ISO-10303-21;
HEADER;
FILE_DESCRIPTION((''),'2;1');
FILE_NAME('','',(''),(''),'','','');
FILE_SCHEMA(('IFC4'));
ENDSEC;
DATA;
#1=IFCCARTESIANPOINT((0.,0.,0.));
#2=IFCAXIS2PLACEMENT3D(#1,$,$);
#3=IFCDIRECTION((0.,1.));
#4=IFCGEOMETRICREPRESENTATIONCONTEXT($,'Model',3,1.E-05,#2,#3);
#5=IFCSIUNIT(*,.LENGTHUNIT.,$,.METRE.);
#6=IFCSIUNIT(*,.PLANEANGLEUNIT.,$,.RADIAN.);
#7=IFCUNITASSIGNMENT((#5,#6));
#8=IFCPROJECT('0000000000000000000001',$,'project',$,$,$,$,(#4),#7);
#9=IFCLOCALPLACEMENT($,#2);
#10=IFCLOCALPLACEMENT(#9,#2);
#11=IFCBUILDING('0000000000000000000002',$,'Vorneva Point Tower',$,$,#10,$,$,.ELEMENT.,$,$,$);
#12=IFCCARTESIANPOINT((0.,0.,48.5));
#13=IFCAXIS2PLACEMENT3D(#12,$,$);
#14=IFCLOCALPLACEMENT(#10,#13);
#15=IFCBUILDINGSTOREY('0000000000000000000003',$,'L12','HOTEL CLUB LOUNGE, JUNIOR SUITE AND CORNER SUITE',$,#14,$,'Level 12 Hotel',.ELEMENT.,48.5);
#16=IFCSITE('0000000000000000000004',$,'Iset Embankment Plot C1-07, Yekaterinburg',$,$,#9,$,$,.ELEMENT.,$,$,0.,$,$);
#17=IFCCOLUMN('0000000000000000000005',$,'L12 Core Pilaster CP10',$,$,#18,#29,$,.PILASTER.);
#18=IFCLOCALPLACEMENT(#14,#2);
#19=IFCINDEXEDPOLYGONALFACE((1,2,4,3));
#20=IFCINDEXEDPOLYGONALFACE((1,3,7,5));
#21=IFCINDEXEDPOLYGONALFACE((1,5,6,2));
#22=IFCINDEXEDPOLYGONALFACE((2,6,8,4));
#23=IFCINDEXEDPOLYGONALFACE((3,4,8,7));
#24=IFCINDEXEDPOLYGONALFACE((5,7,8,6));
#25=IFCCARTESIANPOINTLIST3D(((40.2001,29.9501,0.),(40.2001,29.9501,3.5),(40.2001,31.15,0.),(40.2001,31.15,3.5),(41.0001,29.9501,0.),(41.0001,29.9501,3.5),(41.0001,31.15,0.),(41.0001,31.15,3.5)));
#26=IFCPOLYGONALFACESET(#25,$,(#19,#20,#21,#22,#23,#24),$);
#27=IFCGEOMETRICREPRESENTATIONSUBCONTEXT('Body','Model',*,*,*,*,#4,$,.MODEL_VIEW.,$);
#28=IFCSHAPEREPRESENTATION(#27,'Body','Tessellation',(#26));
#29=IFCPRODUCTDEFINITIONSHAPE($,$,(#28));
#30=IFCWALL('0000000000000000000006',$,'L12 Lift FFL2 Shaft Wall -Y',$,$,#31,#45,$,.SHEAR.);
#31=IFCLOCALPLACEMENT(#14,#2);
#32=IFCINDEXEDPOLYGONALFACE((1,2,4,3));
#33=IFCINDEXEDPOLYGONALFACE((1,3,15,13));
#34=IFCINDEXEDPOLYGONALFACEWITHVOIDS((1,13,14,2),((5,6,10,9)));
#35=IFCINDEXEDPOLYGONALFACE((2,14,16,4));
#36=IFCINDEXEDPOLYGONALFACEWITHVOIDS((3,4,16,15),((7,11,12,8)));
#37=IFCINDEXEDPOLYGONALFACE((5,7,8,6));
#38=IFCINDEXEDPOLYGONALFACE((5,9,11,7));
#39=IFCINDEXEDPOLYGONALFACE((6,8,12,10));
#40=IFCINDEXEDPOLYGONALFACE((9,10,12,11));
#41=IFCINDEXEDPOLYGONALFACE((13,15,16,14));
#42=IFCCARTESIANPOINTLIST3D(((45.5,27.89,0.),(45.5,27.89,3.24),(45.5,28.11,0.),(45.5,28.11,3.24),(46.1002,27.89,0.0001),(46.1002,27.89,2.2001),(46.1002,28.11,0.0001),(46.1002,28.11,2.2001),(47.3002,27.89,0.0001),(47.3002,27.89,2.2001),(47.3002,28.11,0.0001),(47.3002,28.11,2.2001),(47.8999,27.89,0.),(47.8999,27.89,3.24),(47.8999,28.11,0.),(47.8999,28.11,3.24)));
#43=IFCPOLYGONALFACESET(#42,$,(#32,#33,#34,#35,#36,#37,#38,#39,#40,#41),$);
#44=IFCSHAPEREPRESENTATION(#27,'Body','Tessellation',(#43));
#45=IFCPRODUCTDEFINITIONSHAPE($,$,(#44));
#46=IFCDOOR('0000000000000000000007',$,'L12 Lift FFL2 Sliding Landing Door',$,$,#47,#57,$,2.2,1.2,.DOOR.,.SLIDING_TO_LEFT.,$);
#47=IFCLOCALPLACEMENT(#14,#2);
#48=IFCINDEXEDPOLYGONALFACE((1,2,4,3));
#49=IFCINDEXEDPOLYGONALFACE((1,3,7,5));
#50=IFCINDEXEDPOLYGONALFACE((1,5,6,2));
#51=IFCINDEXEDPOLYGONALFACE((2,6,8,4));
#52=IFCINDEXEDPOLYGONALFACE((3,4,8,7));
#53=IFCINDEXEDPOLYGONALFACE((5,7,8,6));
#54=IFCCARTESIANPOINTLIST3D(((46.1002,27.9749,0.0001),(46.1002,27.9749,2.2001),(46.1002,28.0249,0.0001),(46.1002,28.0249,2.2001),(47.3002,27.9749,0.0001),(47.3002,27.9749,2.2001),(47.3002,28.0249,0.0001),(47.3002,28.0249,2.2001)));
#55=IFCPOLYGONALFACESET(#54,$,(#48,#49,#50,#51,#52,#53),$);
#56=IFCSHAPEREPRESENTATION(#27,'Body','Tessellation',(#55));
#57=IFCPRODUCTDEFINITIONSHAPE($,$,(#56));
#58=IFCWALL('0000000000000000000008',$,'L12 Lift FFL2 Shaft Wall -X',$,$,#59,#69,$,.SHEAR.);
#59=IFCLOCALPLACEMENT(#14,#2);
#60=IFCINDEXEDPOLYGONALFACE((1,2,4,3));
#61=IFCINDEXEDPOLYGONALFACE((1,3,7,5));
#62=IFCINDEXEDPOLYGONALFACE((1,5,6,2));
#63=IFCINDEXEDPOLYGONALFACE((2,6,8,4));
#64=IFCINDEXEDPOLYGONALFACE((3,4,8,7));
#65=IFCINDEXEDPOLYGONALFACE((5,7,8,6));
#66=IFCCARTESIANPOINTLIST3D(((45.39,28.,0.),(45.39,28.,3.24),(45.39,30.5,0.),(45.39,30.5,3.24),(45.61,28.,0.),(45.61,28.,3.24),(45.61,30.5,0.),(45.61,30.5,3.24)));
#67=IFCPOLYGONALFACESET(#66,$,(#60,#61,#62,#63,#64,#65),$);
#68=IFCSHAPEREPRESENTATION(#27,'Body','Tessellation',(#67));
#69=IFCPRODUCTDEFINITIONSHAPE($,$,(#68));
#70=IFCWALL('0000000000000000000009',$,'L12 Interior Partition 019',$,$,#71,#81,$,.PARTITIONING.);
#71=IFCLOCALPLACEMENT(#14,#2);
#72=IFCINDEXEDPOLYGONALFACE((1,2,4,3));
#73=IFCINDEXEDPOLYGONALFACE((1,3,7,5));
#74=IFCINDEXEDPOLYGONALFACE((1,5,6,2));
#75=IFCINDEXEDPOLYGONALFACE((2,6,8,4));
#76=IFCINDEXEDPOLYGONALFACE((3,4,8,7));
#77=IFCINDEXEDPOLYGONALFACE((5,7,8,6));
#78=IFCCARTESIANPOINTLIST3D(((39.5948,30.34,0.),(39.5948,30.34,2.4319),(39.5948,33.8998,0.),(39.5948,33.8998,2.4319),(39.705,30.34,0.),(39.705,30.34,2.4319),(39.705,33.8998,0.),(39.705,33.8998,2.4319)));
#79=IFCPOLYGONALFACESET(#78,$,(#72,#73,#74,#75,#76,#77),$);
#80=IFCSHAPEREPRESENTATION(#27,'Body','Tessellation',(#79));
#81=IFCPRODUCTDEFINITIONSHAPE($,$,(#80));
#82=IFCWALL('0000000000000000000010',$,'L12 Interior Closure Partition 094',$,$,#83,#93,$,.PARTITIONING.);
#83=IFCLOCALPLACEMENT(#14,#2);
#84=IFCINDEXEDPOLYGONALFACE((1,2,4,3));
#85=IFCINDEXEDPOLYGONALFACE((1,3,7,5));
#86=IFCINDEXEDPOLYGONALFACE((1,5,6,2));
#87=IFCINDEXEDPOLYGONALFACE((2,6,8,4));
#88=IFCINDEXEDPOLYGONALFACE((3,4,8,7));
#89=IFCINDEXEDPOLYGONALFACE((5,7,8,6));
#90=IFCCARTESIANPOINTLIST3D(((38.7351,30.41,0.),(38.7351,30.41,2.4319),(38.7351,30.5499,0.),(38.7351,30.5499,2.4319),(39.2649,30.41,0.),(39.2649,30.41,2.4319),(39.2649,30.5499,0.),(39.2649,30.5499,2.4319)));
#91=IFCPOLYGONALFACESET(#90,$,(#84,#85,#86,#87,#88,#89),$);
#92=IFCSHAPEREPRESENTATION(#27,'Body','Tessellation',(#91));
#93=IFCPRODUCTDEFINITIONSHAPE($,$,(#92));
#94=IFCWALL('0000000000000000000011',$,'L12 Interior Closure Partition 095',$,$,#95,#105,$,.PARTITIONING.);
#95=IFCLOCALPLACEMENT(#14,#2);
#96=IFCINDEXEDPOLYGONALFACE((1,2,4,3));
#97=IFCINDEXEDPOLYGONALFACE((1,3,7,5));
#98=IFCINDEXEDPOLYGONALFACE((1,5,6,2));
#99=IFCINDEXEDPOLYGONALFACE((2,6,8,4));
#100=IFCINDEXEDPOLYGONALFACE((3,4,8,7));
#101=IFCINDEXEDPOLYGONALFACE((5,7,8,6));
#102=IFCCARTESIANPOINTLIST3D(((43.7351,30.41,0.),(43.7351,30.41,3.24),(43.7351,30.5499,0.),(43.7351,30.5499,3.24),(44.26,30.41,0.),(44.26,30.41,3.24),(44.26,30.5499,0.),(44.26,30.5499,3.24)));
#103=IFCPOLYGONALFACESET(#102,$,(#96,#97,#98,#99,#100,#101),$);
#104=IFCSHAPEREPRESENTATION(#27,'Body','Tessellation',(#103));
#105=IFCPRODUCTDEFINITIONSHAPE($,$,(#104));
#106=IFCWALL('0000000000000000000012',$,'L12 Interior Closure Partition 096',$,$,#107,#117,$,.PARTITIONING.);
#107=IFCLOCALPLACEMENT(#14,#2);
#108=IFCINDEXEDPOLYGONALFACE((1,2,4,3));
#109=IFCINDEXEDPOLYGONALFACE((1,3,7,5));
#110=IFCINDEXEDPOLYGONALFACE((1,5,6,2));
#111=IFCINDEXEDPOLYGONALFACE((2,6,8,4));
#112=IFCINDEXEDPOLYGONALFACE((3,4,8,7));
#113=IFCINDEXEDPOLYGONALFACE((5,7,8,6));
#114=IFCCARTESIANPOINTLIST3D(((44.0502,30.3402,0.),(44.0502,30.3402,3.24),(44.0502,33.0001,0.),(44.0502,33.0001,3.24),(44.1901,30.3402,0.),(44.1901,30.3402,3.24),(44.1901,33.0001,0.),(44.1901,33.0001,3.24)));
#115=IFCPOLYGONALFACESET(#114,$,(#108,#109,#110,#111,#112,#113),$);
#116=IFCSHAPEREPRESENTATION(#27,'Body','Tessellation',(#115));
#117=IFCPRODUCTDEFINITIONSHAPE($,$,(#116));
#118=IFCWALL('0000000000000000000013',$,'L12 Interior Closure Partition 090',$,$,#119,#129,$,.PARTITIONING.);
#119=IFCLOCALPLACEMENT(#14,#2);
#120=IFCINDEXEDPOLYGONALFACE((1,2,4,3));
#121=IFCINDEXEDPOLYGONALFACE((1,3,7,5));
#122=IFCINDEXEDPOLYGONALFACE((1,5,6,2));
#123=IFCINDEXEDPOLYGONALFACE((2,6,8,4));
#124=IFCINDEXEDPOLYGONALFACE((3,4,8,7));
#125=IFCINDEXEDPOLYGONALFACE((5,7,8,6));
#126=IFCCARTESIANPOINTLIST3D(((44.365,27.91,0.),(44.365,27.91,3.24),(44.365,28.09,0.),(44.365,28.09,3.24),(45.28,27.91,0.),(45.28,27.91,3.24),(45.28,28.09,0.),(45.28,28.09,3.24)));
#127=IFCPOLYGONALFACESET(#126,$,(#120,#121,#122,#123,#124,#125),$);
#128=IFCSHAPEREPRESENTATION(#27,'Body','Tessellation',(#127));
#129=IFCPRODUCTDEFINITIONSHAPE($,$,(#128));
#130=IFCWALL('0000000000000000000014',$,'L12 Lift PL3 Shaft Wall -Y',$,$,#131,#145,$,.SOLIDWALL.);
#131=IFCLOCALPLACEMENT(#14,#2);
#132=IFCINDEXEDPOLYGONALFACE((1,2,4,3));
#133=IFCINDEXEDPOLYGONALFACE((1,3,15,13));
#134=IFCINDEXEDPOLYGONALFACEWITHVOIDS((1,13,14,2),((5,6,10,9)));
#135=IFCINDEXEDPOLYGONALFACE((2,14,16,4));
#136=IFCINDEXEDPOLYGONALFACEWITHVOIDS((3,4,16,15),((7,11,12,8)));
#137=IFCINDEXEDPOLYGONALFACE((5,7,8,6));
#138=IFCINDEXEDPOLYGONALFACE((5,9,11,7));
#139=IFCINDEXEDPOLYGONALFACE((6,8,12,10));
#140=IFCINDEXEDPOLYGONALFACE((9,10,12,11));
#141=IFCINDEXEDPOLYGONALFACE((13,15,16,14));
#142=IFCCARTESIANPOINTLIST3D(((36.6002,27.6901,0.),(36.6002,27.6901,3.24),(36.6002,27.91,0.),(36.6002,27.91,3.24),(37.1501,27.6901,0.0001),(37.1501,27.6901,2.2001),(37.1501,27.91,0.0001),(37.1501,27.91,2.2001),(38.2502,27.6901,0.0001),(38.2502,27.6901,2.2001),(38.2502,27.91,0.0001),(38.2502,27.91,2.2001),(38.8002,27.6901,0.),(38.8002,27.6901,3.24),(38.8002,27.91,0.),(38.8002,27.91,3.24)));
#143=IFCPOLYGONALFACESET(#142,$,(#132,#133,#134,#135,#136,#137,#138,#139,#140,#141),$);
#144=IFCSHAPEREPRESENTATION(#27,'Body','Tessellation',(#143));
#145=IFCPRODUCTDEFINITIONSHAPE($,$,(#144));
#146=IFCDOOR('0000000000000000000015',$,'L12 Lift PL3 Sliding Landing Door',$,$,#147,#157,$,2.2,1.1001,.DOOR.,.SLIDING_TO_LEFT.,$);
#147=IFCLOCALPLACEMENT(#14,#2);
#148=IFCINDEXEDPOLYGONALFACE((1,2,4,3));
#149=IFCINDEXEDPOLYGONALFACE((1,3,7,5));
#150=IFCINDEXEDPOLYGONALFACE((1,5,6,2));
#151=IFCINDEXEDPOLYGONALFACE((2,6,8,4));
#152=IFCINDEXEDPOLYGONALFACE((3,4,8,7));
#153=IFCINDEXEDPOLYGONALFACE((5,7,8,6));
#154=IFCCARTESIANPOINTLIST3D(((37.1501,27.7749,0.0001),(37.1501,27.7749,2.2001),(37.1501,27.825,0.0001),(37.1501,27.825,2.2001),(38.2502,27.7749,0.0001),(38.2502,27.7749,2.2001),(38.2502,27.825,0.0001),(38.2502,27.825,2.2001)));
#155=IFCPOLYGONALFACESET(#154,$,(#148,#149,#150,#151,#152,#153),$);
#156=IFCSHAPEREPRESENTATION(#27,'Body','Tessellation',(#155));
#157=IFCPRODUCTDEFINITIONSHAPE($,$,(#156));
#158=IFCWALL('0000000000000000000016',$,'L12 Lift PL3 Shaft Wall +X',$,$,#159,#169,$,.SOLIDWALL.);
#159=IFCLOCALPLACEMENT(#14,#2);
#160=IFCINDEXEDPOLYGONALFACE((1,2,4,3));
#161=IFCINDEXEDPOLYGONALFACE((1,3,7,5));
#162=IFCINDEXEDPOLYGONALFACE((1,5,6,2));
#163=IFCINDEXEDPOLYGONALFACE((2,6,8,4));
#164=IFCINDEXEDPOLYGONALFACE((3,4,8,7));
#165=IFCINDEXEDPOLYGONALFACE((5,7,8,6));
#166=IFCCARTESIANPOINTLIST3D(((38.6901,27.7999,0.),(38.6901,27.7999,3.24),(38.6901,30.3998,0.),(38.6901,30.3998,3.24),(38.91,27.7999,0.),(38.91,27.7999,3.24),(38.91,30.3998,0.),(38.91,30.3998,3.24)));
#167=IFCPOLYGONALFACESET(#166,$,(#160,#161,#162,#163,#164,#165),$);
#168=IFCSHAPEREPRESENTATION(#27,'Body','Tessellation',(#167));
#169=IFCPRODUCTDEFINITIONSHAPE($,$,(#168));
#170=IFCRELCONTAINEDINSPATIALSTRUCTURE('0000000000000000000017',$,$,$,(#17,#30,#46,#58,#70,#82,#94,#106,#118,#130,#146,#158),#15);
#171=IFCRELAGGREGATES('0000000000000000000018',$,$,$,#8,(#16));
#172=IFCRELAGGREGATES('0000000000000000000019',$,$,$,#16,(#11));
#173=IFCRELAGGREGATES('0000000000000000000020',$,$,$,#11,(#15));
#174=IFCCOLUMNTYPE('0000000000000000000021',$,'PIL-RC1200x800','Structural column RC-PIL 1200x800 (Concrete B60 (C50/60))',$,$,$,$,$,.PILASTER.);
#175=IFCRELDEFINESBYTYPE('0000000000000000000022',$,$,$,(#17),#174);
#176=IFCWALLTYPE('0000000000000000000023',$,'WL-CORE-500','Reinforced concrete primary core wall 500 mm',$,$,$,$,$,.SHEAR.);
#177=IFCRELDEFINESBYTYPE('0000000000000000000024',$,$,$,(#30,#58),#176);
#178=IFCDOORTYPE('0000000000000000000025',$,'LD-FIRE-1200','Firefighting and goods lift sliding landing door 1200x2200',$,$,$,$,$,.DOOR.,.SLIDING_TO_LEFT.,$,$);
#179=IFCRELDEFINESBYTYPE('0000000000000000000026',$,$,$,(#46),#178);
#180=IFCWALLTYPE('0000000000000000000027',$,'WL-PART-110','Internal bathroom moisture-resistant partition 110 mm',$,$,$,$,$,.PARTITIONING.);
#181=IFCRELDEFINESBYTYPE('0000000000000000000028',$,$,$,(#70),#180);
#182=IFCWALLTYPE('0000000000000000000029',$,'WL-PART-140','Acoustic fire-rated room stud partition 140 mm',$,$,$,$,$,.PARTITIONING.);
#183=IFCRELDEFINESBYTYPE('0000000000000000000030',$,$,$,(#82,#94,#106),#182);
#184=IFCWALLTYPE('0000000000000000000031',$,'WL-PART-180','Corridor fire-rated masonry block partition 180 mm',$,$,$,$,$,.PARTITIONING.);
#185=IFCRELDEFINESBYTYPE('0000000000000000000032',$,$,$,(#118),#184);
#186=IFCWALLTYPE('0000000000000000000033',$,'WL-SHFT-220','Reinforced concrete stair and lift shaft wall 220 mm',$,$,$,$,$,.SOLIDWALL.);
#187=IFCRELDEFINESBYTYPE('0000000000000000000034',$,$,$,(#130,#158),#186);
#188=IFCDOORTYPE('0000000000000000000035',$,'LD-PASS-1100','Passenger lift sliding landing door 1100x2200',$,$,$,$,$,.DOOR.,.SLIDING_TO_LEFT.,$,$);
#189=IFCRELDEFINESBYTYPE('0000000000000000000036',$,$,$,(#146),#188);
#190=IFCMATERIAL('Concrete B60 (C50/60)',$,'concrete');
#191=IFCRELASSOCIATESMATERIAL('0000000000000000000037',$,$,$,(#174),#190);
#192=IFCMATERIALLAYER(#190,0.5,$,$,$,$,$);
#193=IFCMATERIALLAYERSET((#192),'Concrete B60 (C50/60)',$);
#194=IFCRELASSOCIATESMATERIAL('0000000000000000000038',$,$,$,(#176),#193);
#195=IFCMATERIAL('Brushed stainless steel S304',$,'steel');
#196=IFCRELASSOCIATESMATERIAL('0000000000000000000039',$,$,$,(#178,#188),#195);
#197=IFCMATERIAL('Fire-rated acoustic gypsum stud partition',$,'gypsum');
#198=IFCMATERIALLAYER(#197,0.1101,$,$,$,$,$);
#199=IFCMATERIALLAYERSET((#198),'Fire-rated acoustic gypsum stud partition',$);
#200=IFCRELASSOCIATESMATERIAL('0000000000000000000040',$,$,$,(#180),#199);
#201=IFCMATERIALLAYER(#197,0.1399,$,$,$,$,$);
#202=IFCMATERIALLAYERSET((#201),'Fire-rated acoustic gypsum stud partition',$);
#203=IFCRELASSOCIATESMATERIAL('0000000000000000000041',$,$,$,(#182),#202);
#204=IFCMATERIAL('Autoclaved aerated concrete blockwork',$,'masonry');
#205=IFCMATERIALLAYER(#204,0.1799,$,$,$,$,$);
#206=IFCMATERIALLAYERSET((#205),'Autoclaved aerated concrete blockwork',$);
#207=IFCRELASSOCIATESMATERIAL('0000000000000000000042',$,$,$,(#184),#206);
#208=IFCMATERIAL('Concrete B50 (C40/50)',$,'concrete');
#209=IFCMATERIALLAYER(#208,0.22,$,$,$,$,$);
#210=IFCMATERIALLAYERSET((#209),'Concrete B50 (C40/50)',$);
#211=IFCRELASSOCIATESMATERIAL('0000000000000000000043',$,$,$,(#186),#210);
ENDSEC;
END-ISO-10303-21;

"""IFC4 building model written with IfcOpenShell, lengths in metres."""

from ifc_helpers import new_model, si_unit, direction, frame, frame_2d, origin, origin_2d, place, context, subcontext, project, spatial, rectangle, extrude, material, layer, layer_set, material_profile, profile_set, type_object, element, fill, save


model = new_model("IFC4")

# Units and contexts
model_context = context("Model", 3, precision=1e-05, world=origin(), true_north=direction((0.0, 1.0)))
body_context = subcontext(model_context, "Body", "Model", "MODEL_VIEW")
ifc_project = project(units=[si_unit("LENGTHUNIT", "METRE"), si_unit("PLANEANGLEUNIT", "RADIAN")], contexts=[model_context])

# Site, building, storey
site_placement = place(None, origin())
site = spatial("IfcSite", under=ifc_project, at=site_placement, Name="Iset Embankment Plot C1-07, Yekaterinburg", CompositionType="ELEMENT", RefElevation=0.0)
building_placement = place(site_placement, origin())
building = spatial("IfcBuilding", under=site, at=building_placement, Name="Vorneva Point Tower", CompositionType="ELEMENT")
storey_placement = place(building_placement, frame((0.0, 0.0, 48.5)))
storey = spatial("IfcBuildingStorey", under=building, at=storey_placement, Name="L12", Description="HOTEL CLUB LOUNGE, JUNIOR SUITE AND CORNER SUITE", LongName="Level 12 Hotel", CompositionType="ELEMENT", Elevation=48.5)

# Column
ifc_material_1 = material(Name="Concrete B60 (C50/60)", Category="concrete")
ifc_material_profile = material_profile(ifc_material_1, rectangle(XDim=0.8, YDim=1.2, at=origin_2d()), Name="RC-PIL 1200x800")
ifc_profile_set = profile_set([ifc_material_profile], Name="Concrete B60 (C50/60)")
column_type = type_object("IfcColumnType", Name="PIL-RC1200x800", Description="Structural column RC-PIL 1200x800 (Concrete B60 (C50/60))", PredefinedType="PILASTER", material=ifc_profile_set)
column_placement = place(storey_placement, frame((40.6001, 30.55, 0.0), z_axis=(0.0, 0.0, 1.0), x_axis=(1.0, 0.0, 0.0)))
element("IfcColumn", 1, at=column_placement, inside=storey, type_object=column_type, Name="L12 Core Pilaster CP10", PredefinedType="PILASTER", context=body_context, shape_type="SweptSolid", body=[
    extrude(rectangle(XDim=0.8, YDim=1.2, at=origin_2d()), origin(), (0.0, 0.0, 1.0), 3.5),
])

# Wall, opening, door
ifc_layer_1 = layer(ifc_material_1, 0.5)
ifc_layer_set_1 = layer_set([ifc_layer_1], Name="Concrete B60 (C50/60)")
wall_type_1 = type_object("IfcWallType", Name="WL-CORE-500", Description="Reinforced concrete primary core wall 500 mm", PredefinedType="SHEAR", material=ifc_layer_set_1)
wall_1_placement = place(storey_placement, frame((45.5, 28.0, 0.0), z_axis=(0.0, 0.0, 1.0), x_axis=(1.0, 0.0, 0.0)))
wall_1 = element("IfcWall", 2, at=wall_1_placement, inside=storey, type_object=wall_type_1, Name="L12 Lift FFL2 Shaft Wall -Y", PredefinedType="SHEAR", context=body_context, shape_type="SweptSolid", body=[
    extrude(rectangle(XDim=2.3999, YDim=0.22, at=frame_2d((1.2, 0.0))), origin(), (0.0, 0.0, 1.0), 3.24),
])
opening_1_placement = place(wall_1_placement, frame((0.6001, 0.0, 0.0)))
opening_1 = element("IfcOpeningElement", 3, at=opening_1_placement, cuts=wall_1, PredefinedType="OPENING", context=body_context, shape_type="SweptSolid", body=[
    extrude(rectangle(XDim=1.2, YDim=2.2, at=frame_2d((0.6001, 1.1001))), frame((0.0, 0.125, 0.0), z_axis=(0.0, -1.0, 0.0), x_axis=(1.0, 0.0, 0.0)), (0.0, 0.0, 1.0), 0.2498),
])
ifc_material_2 = material(Name="Brushed stainless steel S304", Category="steel")
door_type_1 = type_object("IfcDoorType", Name="LD-FIRE-1200", Description="Firefighting and goods lift sliding landing door 1200x2200", OperationType="SLIDING_TO_LEFT", PredefinedType="DOOR", material=ifc_material_2)
door_1_placement = place(opening_1_placement, origin())
door_1 = element("IfcDoor", 4, at=door_1_placement, inside=storey, type_object=door_type_1, Name="L12 Lift FFL2 Sliding Landing Door", OperationType="SLIDING_TO_LEFT", OverallHeight=2.2, OverallWidth=1.2, PredefinedType="DOOR", context=body_context, shape_type="SweptSolid", body=[
    extrude(rectangle(XDim=1.2, YDim=2.2, at=frame_2d((0.6001, 1.1001))), frame((0.0, 0.0249, 0.0), z_axis=(0.0, -1.0, 0.0), x_axis=(1.0, 0.0, 0.0)), (0.0, 0.0, 1.0), 0.05),
])
fill(opening_1, door_1)

# Walls
wall_2_placement = place(storey_placement, frame((45.5, 30.5, 0.0), z_axis=(0.0, 0.0, 1.0), x_axis=(0.0, -1.0, 0.0)))
element("IfcWall", 5, at=wall_2_placement, inside=storey, type_object=wall_type_1, Name="L12 Lift FFL2 Shaft Wall -X", PredefinedType="SHEAR", context=body_context, shape_type="SweptSolid", body=[
    extrude(rectangle(XDim=2.5, YDim=0.22, at=frame_2d((1.25, 0.0))), origin(), (0.0, 0.0, 1.0), 3.24),
])
ifc_material_3 = material(Name="Fire-rated acoustic gypsum stud partition", Category="gypsum")
ifc_layer_2 = layer(ifc_material_3, 0.1101)
ifc_layer_set_2 = layer_set([ifc_layer_2], Name="Fire-rated acoustic gypsum stud partition")
wall_type_2 = type_object("IfcWallType", Name="WL-PART-110", Description="Internal bathroom moisture-resistant partition 110 mm", PredefinedType="PARTITIONING", material=ifc_layer_set_2)
wall_3_placement = place(storey_placement, frame((39.6499, 30.3401, 0.0), z_axis=(0.0, 0.0, 1.0), x_axis=(0.0, 1.0, 0.0)))
element("IfcWall", 6, at=wall_3_placement, inside=storey, type_object=wall_type_2, Name="L12 Interior Partition 019", PredefinedType="PARTITIONING", context=body_context, shape_type="SweptSolid", body=[
    extrude(rectangle(XDim=3.5598, YDim=0.1101, at=frame_2d((1.7798, 0.0))), origin(), (0.0, 0.0, 1.0), 2.4319),
])
ifc_layer_3 = layer(ifc_material_3, 0.1399)
ifc_layer_set_3 = layer_set([ifc_layer_3], Name="Fire-rated acoustic gypsum stud partition")
wall_type_3 = type_object("IfcWallType", Name="WL-PART-140", Description="Acoustic fire-rated room stud partition 140 mm", PredefinedType="PARTITIONING", material=ifc_layer_set_3)
wall_4_placement = place(storey_placement, frame((38.7351, 30.48, 0.0), z_axis=(0.0, 0.0, 1.0), x_axis=(1.0, 0.0, 0.0)))
element("IfcWall", 7, at=wall_4_placement, inside=storey, type_object=wall_type_3, Name="L12 Interior Closure Partition 094", PredefinedType="PARTITIONING", context=body_context, shape_type="SweptSolid", body=[
    extrude(rectangle(XDim=0.5298, YDim=0.1399, at=frame_2d((0.2649, 0.0))), origin(), (0.0, 0.0, 1.0), 2.4319),
])
wall_5_placement = place(storey_placement, frame((43.7351, 30.48, 0.0), z_axis=(0.0, 0.0, 1.0), x_axis=(1.0, 0.0, 0.0)))
element("IfcWall", 8, at=wall_5_placement, inside=storey, type_object=wall_type_3, Name="L12 Interior Closure Partition 095", PredefinedType="PARTITIONING", context=body_context, shape_type="SweptSolid", body=[
    extrude(rectangle(XDim=0.5249, YDim=0.1399, at=frame_2d((0.2625, 0.0))), origin(), (0.0, 0.0, 1.0), 3.24),
])
wall_6_placement = place(storey_placement, frame((44.1201, 30.3401, 0.0), z_axis=(0.0, 0.0, 1.0), x_axis=(0.0, 1.0, 0.0)))
element("IfcWall", 9, at=wall_6_placement, inside=storey, type_object=wall_type_3, Name="L12 Interior Closure Partition 096", PredefinedType="PARTITIONING", context=body_context, shape_type="SweptSolid", body=[
    extrude(rectangle(XDim=2.6599, YDim=0.1399, at=frame_2d((1.3301, 0.0))), origin(), (0.0, 0.0, 1.0), 3.24),
])

# Shared definitions
ifc_material_4 = material(Name="Autoclaved aerated concrete blockwork", Category="masonry")
ifc_layer_4 = layer(ifc_material_4, 0.1799)
ifc_layer_set_4 = layer_set([ifc_layer_4], Name="Autoclaved aerated concrete blockwork")
wall_type_4 = type_object("IfcWallType", Name="WL-PART-180", Description="Corridor fire-rated masonry block partition 180 mm", PredefinedType="PARTITIONING", material=ifc_layer_set_4)

# Wall
wall_7_placement = place(storey_placement, frame((45.28, 28.0, 0.0), z_axis=(0.0, 0.0, 1.0), x_axis=(-1.0, 0.0, 0.0)))
element("IfcWall", 10, at=wall_7_placement, inside=storey, type_object=wall_type_4, Name="L12 Interior Closure Partition 090", PredefinedType="PARTITIONING", context=body_context, shape_type="SweptSolid", body=[
    extrude(rectangle(XDim=0.915, YDim=0.1799, at=frame_2d((0.4575, 0.0))), origin(), (0.0, 0.0, 1.0), 3.24),
])

# Wall, opening, door
ifc_material_5 = material(Name="Concrete B50 (C40/50)", Category="concrete")
ifc_layer_5 = layer(ifc_material_5, 0.22)
ifc_layer_set_5 = layer_set([ifc_layer_5], Name="Concrete B50 (C40/50)")
wall_type_5 = type_object("IfcWallType", Name="WL-SHFT-220", Description="Reinforced concrete stair and lift shaft wall 220 mm", PredefinedType="SOLIDWALL", material=ifc_layer_set_5)
wall_8_placement = place(storey_placement, frame((36.6001, 27.8, 0.0), z_axis=(0.0, 0.0, 1.0), x_axis=(1.0, 0.0, 0.0)))
wall_8 = element("IfcWall", 11, at=wall_8_placement, inside=storey, type_object=wall_type_5, Name="L12 Lift PL3 Shaft Wall -Y", PredefinedType="SOLIDWALL", context=body_context, shape_type="SweptSolid", body=[
    extrude(rectangle(XDim=2.2, YDim=0.22, at=frame_2d((1.1001, 0.0))), origin(), (0.0, 0.0, 1.0), 3.24),
])
opening_2_placement = place(wall_8_placement, frame((0.55, 0.0, 0.0)))
opening_2 = element("IfcOpeningElement", 12, at=opening_2_placement, cuts=wall_8, PredefinedType="OPENING", context=body_context, shape_type="SweptSolid", body=[
    extrude(rectangle(XDim=1.1001, YDim=2.2, at=frame_2d((0.55, 1.1001))), frame((0.0, 0.125, 0.0), z_axis=(0.0, -1.0, 0.0), x_axis=(1.0, 0.0, 0.0)), (0.0, 0.0, 1.0), 0.2498),
])
door_type_2 = type_object("IfcDoorType", Name="LD-PASS-1100", Description="Passenger lift sliding landing door 1100x2200", OperationType="SLIDING_TO_LEFT", PredefinedType="DOOR", material=ifc_material_2)
door_2_placement = place(opening_2_placement, origin())
door_2 = element("IfcDoor", 13, at=door_2_placement, inside=storey, type_object=door_type_2, Name="L12 Lift PL3 Sliding Landing Door", OperationType="SLIDING_TO_LEFT", OverallHeight=2.2, OverallWidth=1.1001, PredefinedType="DOOR", context=body_context, shape_type="SweptSolid", body=[
    extrude(rectangle(XDim=1.1001, YDim=2.2, at=frame_2d((0.55, 1.1001))), frame((0.0, 0.0249, 0.0), z_axis=(0.0, -1.0, 0.0), x_axis=(1.0, 0.0, 0.0)), (0.0, 0.0, 1.0), 0.05),
])
fill(opening_2, door_2)

# Wall
wall_9_placement = place(storey_placement, frame((38.8, 27.8, 0.0), z_axis=(0.0, 0.0, 1.0), x_axis=(0.0, 1.0, 0.0)))
element("IfcWall", 14, at=wall_9_placement, inside=storey, type_object=wall_type_5, Name="L12 Lift PL3 Shaft Wall +X", PredefinedType="SOLIDWALL", context=body_context, shape_type="SweptSolid", body=[
    extrude(rectangle(XDim=2.5999, YDim=0.22, at=frame_2d((1.2998, 0.0))), origin(), (0.0, 0.0, 1.0), 3.24),
])

save(model, "model.ifc")
